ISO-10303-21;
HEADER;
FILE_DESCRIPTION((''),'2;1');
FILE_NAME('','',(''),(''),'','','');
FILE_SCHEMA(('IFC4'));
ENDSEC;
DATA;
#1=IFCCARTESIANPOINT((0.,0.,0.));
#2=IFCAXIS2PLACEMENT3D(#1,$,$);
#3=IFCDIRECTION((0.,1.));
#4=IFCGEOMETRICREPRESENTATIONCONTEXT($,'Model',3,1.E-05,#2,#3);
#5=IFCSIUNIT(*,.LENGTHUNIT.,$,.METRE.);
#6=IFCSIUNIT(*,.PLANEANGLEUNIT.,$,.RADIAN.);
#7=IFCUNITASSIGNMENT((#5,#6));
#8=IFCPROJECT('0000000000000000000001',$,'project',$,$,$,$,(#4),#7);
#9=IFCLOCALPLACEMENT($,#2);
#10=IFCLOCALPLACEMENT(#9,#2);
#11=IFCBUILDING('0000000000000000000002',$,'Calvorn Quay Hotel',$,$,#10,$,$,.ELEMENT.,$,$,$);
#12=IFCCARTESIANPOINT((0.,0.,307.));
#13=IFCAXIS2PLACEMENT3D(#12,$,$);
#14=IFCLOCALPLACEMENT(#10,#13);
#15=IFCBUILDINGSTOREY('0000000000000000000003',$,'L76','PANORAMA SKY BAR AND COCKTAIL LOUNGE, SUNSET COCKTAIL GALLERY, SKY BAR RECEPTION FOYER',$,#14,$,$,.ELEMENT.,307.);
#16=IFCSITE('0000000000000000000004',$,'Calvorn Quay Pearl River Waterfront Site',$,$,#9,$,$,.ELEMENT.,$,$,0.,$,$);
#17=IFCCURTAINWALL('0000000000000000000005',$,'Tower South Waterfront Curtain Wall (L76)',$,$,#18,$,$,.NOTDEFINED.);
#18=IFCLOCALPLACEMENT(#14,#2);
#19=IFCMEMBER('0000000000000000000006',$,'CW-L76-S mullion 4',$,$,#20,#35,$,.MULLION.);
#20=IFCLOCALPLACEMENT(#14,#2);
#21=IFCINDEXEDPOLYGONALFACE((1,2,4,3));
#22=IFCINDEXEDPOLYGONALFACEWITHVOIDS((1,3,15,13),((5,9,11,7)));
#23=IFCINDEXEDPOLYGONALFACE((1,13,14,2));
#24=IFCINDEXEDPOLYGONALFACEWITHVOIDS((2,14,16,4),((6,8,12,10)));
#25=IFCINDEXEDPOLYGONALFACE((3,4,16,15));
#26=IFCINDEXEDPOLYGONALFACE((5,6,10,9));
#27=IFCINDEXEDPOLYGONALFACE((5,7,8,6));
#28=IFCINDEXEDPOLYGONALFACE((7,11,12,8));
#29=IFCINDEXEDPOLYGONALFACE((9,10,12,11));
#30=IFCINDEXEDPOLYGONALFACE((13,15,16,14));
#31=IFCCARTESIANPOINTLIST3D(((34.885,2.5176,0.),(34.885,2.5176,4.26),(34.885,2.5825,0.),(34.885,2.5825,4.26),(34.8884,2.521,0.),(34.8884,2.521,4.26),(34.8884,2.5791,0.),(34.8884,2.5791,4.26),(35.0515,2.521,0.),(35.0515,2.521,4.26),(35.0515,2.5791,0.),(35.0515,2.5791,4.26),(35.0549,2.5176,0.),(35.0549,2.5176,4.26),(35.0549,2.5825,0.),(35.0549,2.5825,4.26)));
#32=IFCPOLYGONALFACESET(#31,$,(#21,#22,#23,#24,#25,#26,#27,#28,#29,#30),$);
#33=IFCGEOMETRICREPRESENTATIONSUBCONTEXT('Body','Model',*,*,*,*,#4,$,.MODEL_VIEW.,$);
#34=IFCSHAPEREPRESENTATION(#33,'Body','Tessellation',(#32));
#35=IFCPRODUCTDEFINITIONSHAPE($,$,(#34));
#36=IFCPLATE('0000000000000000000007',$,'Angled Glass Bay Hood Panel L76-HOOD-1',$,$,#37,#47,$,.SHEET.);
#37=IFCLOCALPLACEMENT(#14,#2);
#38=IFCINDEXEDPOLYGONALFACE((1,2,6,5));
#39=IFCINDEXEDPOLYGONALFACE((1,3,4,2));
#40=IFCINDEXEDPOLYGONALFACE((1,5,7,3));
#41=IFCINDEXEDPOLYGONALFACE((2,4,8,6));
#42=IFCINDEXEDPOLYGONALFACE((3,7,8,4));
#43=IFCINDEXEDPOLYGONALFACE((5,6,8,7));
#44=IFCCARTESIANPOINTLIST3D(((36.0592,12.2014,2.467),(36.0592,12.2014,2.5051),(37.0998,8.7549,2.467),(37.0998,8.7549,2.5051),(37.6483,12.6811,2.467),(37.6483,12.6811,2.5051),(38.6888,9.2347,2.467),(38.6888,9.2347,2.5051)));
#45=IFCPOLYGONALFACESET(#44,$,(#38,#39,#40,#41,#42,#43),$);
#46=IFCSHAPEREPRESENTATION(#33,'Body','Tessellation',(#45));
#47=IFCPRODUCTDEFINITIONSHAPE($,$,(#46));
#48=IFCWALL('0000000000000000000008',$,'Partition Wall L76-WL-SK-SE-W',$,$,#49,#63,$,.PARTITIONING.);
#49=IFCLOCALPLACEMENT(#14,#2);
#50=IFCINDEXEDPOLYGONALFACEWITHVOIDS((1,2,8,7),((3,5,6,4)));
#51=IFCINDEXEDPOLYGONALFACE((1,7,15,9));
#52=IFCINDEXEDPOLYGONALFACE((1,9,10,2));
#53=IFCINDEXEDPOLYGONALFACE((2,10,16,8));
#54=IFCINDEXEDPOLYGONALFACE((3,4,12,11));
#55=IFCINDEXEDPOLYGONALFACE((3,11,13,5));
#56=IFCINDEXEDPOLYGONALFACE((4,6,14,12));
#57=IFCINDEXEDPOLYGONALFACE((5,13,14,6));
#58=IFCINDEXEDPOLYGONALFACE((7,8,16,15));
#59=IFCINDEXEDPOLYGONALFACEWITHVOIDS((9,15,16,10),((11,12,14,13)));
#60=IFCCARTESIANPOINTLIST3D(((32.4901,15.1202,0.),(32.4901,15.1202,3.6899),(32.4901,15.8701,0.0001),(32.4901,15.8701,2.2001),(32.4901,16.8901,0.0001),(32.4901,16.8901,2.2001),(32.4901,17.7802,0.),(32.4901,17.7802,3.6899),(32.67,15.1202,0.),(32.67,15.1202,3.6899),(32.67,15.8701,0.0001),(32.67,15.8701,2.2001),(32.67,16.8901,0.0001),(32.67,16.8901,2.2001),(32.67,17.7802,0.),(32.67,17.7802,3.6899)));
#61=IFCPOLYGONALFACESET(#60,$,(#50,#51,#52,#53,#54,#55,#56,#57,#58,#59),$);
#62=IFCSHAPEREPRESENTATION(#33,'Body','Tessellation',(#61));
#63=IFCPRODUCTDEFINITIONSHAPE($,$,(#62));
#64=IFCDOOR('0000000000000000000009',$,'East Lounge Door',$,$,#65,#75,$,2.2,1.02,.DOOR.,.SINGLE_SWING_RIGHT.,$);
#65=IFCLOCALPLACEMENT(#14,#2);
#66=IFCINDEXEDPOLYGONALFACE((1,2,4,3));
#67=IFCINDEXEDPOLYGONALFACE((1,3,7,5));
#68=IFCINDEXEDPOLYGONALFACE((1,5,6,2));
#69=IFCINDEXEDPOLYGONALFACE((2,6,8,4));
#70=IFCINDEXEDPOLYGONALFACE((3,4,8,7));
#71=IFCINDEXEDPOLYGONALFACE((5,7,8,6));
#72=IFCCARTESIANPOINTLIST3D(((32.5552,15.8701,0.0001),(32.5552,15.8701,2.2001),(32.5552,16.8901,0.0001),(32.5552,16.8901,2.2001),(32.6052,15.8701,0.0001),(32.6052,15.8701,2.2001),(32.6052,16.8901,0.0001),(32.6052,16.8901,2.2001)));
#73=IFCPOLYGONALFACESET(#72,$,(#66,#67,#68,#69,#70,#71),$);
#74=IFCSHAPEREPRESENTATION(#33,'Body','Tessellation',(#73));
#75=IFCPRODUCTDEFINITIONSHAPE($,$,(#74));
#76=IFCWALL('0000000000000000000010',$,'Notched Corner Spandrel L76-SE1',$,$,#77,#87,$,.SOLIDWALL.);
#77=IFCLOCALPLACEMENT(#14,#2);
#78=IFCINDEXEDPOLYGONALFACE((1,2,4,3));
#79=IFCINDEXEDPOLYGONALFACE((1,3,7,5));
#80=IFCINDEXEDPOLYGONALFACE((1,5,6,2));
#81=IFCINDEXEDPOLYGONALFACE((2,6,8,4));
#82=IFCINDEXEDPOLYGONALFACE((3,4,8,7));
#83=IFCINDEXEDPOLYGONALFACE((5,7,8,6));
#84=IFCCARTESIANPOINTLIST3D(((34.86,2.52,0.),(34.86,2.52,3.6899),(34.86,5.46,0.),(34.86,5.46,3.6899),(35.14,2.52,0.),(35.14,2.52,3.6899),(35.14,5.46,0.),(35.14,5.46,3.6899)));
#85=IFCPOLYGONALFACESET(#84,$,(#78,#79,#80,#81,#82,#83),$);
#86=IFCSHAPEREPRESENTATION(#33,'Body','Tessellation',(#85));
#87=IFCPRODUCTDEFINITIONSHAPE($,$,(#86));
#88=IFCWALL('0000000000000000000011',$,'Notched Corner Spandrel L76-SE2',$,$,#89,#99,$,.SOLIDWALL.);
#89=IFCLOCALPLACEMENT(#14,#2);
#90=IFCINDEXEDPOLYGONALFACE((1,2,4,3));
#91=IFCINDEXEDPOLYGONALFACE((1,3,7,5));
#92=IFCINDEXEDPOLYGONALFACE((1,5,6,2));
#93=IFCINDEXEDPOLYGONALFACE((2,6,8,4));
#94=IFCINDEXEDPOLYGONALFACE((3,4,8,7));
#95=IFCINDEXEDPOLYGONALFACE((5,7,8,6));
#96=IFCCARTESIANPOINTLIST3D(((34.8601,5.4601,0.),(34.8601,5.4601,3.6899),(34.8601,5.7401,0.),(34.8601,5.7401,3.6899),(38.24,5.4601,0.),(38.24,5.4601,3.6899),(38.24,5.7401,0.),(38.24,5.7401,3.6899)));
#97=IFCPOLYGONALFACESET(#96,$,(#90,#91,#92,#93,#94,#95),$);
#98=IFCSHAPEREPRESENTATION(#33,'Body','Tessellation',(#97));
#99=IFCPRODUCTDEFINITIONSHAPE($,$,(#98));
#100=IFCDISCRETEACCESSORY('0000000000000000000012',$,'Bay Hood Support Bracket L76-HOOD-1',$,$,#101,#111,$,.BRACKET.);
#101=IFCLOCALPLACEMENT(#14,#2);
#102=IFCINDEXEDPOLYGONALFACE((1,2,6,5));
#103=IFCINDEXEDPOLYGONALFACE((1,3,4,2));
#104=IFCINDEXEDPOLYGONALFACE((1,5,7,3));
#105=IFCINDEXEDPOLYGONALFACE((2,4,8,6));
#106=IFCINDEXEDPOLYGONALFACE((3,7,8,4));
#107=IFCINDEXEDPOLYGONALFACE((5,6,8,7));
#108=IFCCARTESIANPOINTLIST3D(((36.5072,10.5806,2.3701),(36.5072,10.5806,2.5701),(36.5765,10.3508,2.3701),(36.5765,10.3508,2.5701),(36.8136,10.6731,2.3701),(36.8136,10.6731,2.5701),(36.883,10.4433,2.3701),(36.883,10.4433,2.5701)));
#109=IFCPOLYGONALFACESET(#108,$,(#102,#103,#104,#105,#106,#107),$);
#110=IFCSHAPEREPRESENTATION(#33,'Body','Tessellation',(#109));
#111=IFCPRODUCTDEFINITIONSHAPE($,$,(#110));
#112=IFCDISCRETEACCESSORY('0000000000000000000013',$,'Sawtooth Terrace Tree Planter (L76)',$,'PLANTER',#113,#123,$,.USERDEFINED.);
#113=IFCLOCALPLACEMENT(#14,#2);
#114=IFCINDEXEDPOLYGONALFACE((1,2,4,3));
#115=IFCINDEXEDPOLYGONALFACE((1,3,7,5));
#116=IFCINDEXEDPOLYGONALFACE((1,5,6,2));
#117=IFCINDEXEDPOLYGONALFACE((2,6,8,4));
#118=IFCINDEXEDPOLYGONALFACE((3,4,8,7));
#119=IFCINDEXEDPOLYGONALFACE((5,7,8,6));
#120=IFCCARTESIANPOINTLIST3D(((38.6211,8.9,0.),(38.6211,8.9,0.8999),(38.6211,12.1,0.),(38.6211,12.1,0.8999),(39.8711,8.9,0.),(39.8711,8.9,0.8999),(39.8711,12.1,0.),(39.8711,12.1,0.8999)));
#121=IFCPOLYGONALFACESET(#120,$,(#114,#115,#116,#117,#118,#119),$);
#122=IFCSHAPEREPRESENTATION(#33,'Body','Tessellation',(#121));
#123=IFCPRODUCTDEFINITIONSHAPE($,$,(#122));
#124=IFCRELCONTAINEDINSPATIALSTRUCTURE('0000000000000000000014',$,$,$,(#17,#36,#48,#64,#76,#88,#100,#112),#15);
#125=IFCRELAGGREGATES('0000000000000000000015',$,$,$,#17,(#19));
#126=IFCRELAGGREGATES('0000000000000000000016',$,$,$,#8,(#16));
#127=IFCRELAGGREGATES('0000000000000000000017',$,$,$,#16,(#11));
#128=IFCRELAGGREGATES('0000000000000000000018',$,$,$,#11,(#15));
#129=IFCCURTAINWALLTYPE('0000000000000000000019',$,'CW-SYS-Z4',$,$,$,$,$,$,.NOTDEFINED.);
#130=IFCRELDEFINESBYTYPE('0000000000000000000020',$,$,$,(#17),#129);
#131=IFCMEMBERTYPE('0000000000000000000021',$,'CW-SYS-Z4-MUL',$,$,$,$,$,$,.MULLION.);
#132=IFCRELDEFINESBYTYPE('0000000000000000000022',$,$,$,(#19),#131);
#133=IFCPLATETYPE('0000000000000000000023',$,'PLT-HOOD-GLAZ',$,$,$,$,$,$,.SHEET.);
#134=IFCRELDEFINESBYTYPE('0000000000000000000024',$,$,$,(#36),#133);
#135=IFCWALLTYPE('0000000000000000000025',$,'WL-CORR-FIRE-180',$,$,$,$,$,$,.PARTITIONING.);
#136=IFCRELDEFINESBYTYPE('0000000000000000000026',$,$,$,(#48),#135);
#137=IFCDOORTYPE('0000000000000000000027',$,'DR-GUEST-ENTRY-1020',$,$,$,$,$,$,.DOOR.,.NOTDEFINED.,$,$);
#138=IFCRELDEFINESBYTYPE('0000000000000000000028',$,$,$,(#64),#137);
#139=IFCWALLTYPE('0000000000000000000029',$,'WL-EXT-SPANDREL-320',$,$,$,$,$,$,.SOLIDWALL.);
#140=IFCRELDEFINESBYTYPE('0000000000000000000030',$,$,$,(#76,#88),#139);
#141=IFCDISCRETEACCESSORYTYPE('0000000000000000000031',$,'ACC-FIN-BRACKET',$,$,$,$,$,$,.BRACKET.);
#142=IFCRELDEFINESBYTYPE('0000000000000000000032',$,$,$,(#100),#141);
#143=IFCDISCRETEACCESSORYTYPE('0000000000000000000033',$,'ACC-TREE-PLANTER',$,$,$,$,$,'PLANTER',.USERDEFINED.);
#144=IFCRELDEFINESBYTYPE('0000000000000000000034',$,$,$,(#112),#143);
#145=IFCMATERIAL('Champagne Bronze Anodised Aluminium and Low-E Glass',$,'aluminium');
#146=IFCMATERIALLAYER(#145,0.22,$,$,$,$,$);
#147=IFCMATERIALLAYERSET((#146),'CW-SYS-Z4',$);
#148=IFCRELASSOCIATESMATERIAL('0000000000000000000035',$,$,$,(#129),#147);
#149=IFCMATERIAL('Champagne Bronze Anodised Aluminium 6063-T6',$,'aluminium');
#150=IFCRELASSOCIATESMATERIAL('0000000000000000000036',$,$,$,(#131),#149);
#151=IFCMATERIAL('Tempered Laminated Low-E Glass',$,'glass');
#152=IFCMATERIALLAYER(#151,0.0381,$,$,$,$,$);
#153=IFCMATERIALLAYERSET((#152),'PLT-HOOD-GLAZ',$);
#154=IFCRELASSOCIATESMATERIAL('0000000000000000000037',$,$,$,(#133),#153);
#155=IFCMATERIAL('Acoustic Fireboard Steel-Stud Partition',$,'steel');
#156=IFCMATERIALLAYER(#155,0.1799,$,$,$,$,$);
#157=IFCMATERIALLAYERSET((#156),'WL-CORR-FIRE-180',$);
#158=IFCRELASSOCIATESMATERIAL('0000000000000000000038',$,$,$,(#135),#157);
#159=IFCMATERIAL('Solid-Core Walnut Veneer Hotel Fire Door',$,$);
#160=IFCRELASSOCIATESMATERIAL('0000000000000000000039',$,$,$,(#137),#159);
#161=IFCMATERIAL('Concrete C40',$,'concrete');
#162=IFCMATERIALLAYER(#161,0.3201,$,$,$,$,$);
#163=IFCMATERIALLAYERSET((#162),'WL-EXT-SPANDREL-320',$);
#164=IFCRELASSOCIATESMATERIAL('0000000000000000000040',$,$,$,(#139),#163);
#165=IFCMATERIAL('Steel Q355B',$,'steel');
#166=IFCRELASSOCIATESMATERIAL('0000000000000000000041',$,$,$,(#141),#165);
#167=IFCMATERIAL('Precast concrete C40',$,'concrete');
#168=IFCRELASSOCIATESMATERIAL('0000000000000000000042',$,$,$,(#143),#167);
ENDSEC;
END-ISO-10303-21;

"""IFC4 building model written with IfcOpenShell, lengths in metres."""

from ifc_helpers import new_model, si_unit, direction, frame, frame_2d, origin, origin_2d, place, context, subcontext, project, spatial, rectangle, hollow_rectangle, extrude, material, layer, layer_set, material_profile, profile_set, type_object, element, fill, aggregate, save


model = new_model("IFC4")

# Units and contexts
model_context = context("Model", 3, precision=1e-05, world=origin(), true_north=direction((0.0, 1.0)))
body_context = subcontext(model_context, "Body", "Model", "MODEL_VIEW")
ifc_project = project(units=[si_unit("LENGTHUNIT", "METRE"), si_unit("PLANEANGLEUNIT", "RADIAN")], contexts=[model_context])

# Site, building, storey
site_placement = place(None, origin())
site = spatial("IfcSite", under=ifc_project, at=site_placement, Name="Calvorn Quay Pearl River Waterfront Site", CompositionType="ELEMENT", RefElevation=0.0)
building_placement = place(site_placement, origin())
building = spatial("IfcBuilding", under=site, at=building_placement, Name="Calvorn Quay Hotel", CompositionType="ELEMENT")
storey_placement = place(building_placement, frame((0.0, 0.0, 307.0)))
storey = spatial("IfcBuildingStorey", under=building, at=storey_placement, Name="L76", Description="PANORAMA SKY BAR AND COCKTAIL LOUNGE, SUNSET COCKTAIL GALLERY, SKY BAR RECEPTION FOYER", CompositionType="ELEMENT", Elevation=307.0)

# Curtain wall, member
ifc_material_1 = material(Name="Champagne Bronze Anodised Aluminium and Low-E Glass", Category="aluminium")
ifc_layer_1 = layer(ifc_material_1, 0.22)
ifc_layer_set_1 = layer_set([ifc_layer_1], Name="CW-SYS-Z4")
curtain_wall_type = type_object("IfcCurtainWallType", Name="CW-SYS-Z4", PredefinedType="NOTDEFINED", material=ifc_layer_set_1)
curtain_wall_placement = place(storey_placement, origin())
curtain_wall = element("IfcCurtainWall", 1, at=curtain_wall_placement, inside=storey, type_object=curtain_wall_type, Name="Tower South Waterfront Curtain Wall (L76)", PredefinedType="NOTDEFINED")
ifc_material_2 = material(Name="Champagne Bronze Anodised Aluminium 6063-T6", Category="aluminium")
ifc_material_profile_1 = material_profile(ifc_material_2, hollow_rectangle(XDim=0.0649, YDim=0.1699, WallThickness=0.0034, at=origin_2d()), Name="ALU-M170x65x3.5")
ifc_profile_set_1 = profile_set([ifc_material_profile_1], Name="Champagne Bronze Anodised Aluminium 6063-T6")
member_type = type_object("IfcMemberType", Name="CW-SYS-Z4-MUL", PredefinedType="MULLION", material=ifc_profile_set_1)
member_placement = place(storey_placement, frame((34.97, 2.55, 0.0), z_axis=(0.0, 0.0, 1.0), x_axis=(0.0, 1.0, 0.0)))
member = element("IfcMember", 2, at=member_placement, type_object=member_type, Name="CW-L76-S mullion 4", PredefinedType="MULLION", context=body_context, shape_type="SweptSolid", body=[
    extrude(hollow_rectangle(XDim=0.0649, YDim=0.1699, WallThickness=0.0034, at=origin_2d()), origin(), (0.0, 0.0, 1.0), 4.26),
])
aggregate(curtain_wall, [member])

# Plate
ifc_material_3 = material(Name="Tempered Laminated Low-E Glass", Category="glass")
ifc_layer_2 = layer(ifc_material_3, 0.0381)
ifc_layer_set_2 = layer_set([ifc_layer_2], Name="PLT-HOOD-GLAZ")
plate_type = type_object("IfcPlateType", Name="PLT-HOOD-GLAZ", PredefinedType="SHEET", material=ifc_layer_set_2)
plate_placement = place(storey_placement, frame((37.374, 10.718, 2.467), z_axis=(0.0, 0.0, 1.0), x_axis=(0.957319, 0.289032, 0.0)))
element("IfcPlate", 3, at=plate_placement, inside=storey, type_object=plate_type, Name="Angled Glass Bay Hood Panel L76-HOOD-1", PredefinedType="SHEET", context=body_context, shape_type="SweptSolid", body=[
    extrude(rectangle(XDim=1.6599, YDim=3.6001, at=origin_2d()), origin(), (0.0, 0.0, 1.0), 0.0381),
])

# Wall, opening, door
ifc_material_4 = material(Name="Acoustic Fireboard Steel-Stud Partition", Category="steel")
ifc_layer_3 = layer(ifc_material_4, 0.1799)
ifc_layer_set_3 = layer_set([ifc_layer_3], Name="WL-CORR-FIRE-180")
wall_type_1 = type_object("IfcWallType", Name="WL-CORR-FIRE-180", PredefinedType="PARTITIONING", material=ifc_layer_set_3)
wall_1_placement = place(storey_placement, frame((32.5801, 15.1201, 0.0), z_axis=(0.0, 0.0, 1.0), x_axis=(0.0, 1.0, 0.0)))
wall_1 = element("IfcWall", 4, at=wall_1_placement, inside=storey, type_object=wall_type_1, Name="Partition Wall L76-WL-SK-SE-W", PredefinedType="PARTITIONING", context=body_context, shape_type="SweptSolid", body=[
    extrude(rectangle(XDim=2.6599, YDim=0.1799, at=frame_2d((1.3301, 0.0))), origin(), (0.0, 0.0, 1.0), 3.6899),
])
opening_1_placement = place(wall_1_placement, frame((0.75, 0.0, 0.0)))
opening_1 = element("IfcOpeningElement", 5, at=opening_1_placement, cuts=wall_1, PredefinedType="OPENING", context=body_context, shape_type="SweptSolid", body=[
    extrude(rectangle(XDim=1.02, YDim=2.2, at=frame_2d((0.51, 1.1001))), frame((0.0, 0.0999, 0.0), z_axis=(0.0, -1.0, 0.0), x_axis=(1.0, 0.0, 0.0)), (0.0, 0.0, 1.0), 0.2),
])
ifc_material_5 = material(Name="Solid-Core Walnut Veneer Hotel Fire Door")
door_type_1 = type_object("IfcDoorType", Name="DR-GUEST-ENTRY-1020", OperationType="NOTDEFINED", PredefinedType="DOOR", material=ifc_material_5)
door_1_placement = place(opening_1_placement, origin())
door_1 = element("IfcDoor", 6, at=door_1_placement, inside=storey, type_object=door_type_1, Name="East Lounge Door", OperationType="SINGLE_SWING_RIGHT", OverallHeight=2.2, OverallWidth=1.02, PredefinedType="DOOR", context=body_context, shape_type="SweptSolid", body=[
    extrude(rectangle(XDim=1.02, YDim=2.2, at=frame_2d((0.51, 1.1001))), frame((0.0, 0.0249, 0.0), z_axis=(0.0, -1.0, 0.0), x_axis=(1.0, 0.0, 0.0)), (0.0, 0.0, 1.0), 0.05),
])
fill(opening_1, door_1)

# Walls
ifc_material_6 = material(Name="Concrete C40", Category="concrete")
ifc_layer_4 = layer(ifc_material_6, 0.3201)
ifc_layer_set_4 = layer_set([ifc_layer_4], Name="WL-EXT-SPANDREL-320")
wall_type_2 = type_object("IfcWallType", Name="WL-EXT-SPANDREL-320", PredefinedType="SOLIDWALL", material=ifc_layer_set_4)
wall_2_placement = place(storey_placement, frame((35.0, 2.52, 0.0), z_axis=(0.0, 0.0, 1.0), x_axis=(0.0, 1.0, 0.0)))
element("IfcWall", 7, at=wall_2_placement, inside=storey, type_object=wall_type_2, Name="Notched Corner Spandrel L76-SE1", PredefinedType="SOLIDWALL", context=body_context, shape_type="SweptSolid", body=[
    extrude(rectangle(XDim=2.9399, YDim=0.28, at=frame_2d((1.47, 0.0))), origin(), (0.0, 0.0, 1.0), 3.6899),
])
wall_3_placement = place(storey_placement, frame((34.8601, 5.6001, 0.0), z_axis=(0.0, 0.0, 1.0), x_axis=(1.0, 0.0, 0.0)))
element("IfcWall", 8, at=wall_3_placement, inside=storey, type_object=wall_type_2, Name="Notched Corner Spandrel L76-SE2", PredefinedType="SOLIDWALL", context=body_context, shape_type="SweptSolid", body=[
    extrude(rectangle(XDim=3.3799, YDim=0.28, at=frame_2d((1.6899, 0.0))), origin(), (0.0, 0.0, 1.0), 3.6899),
])

# Discrete accessories
ifc_material_7 = material(Name="Steel Q355B", Category="steel")
discrete_accessory_type_1 = type_object("IfcDiscreteAccessoryType", Name="ACC-FIN-BRACKET", PredefinedType="BRACKET", material=ifc_material_7)
discrete_accessory_1_placement = place(storey_placement, frame((36.6951, 10.512, 2.3701), z_axis=(0.0, 0.0, 1.0), x_axis=(0.957319, 0.289032, 0.0)))
element("IfcDiscreteAccessory", 9, at=discrete_accessory_1_placement, inside=storey, type_object=discrete_accessory_type_1, Name="Bay Hood Support Bracket L76-HOOD-1", PredefinedType="BRACKET", context=body_context, shape_type="SweptSolid", body=[
    extrude(rectangle(XDim=0.3201, YDim=0.24, at=origin_2d()), origin(), (0.0, 0.0, 1.0), 0.2),
])
ifc_material_8 = material(Name="Precast concrete C40", Category="concrete")
discrete_accessory_type_2 = type_object("IfcDiscreteAccessoryType", Name="ACC-TREE-PLANTER", ElementType="PLANTER", PredefinedType="USERDEFINED", material=ifc_material_8)
discrete_accessory_2_placement = place(storey_placement, frame((39.2461, 10.5, 0.0), z_axis=(0.0, 0.0, 1.0), x_axis=(1.0, 0.0, 0.0)))
element("IfcDiscreteAccessory", 10, at=discrete_accessory_2_placement, inside=storey, type_object=discrete_accessory_type_2, Name="Sawtooth Terrace Tree Planter (L76)", ObjectType="PLANTER", PredefinedType="USERDEFINED", context=body_context, shape_type="SweptSolid", body=[
    extrude(rectangle(XDim=1.25, YDim=3.2, at=origin_2d()), origin(), (0.0, 0.0, 1.0), 0.8999),
])

save(model, "model.ifc")
